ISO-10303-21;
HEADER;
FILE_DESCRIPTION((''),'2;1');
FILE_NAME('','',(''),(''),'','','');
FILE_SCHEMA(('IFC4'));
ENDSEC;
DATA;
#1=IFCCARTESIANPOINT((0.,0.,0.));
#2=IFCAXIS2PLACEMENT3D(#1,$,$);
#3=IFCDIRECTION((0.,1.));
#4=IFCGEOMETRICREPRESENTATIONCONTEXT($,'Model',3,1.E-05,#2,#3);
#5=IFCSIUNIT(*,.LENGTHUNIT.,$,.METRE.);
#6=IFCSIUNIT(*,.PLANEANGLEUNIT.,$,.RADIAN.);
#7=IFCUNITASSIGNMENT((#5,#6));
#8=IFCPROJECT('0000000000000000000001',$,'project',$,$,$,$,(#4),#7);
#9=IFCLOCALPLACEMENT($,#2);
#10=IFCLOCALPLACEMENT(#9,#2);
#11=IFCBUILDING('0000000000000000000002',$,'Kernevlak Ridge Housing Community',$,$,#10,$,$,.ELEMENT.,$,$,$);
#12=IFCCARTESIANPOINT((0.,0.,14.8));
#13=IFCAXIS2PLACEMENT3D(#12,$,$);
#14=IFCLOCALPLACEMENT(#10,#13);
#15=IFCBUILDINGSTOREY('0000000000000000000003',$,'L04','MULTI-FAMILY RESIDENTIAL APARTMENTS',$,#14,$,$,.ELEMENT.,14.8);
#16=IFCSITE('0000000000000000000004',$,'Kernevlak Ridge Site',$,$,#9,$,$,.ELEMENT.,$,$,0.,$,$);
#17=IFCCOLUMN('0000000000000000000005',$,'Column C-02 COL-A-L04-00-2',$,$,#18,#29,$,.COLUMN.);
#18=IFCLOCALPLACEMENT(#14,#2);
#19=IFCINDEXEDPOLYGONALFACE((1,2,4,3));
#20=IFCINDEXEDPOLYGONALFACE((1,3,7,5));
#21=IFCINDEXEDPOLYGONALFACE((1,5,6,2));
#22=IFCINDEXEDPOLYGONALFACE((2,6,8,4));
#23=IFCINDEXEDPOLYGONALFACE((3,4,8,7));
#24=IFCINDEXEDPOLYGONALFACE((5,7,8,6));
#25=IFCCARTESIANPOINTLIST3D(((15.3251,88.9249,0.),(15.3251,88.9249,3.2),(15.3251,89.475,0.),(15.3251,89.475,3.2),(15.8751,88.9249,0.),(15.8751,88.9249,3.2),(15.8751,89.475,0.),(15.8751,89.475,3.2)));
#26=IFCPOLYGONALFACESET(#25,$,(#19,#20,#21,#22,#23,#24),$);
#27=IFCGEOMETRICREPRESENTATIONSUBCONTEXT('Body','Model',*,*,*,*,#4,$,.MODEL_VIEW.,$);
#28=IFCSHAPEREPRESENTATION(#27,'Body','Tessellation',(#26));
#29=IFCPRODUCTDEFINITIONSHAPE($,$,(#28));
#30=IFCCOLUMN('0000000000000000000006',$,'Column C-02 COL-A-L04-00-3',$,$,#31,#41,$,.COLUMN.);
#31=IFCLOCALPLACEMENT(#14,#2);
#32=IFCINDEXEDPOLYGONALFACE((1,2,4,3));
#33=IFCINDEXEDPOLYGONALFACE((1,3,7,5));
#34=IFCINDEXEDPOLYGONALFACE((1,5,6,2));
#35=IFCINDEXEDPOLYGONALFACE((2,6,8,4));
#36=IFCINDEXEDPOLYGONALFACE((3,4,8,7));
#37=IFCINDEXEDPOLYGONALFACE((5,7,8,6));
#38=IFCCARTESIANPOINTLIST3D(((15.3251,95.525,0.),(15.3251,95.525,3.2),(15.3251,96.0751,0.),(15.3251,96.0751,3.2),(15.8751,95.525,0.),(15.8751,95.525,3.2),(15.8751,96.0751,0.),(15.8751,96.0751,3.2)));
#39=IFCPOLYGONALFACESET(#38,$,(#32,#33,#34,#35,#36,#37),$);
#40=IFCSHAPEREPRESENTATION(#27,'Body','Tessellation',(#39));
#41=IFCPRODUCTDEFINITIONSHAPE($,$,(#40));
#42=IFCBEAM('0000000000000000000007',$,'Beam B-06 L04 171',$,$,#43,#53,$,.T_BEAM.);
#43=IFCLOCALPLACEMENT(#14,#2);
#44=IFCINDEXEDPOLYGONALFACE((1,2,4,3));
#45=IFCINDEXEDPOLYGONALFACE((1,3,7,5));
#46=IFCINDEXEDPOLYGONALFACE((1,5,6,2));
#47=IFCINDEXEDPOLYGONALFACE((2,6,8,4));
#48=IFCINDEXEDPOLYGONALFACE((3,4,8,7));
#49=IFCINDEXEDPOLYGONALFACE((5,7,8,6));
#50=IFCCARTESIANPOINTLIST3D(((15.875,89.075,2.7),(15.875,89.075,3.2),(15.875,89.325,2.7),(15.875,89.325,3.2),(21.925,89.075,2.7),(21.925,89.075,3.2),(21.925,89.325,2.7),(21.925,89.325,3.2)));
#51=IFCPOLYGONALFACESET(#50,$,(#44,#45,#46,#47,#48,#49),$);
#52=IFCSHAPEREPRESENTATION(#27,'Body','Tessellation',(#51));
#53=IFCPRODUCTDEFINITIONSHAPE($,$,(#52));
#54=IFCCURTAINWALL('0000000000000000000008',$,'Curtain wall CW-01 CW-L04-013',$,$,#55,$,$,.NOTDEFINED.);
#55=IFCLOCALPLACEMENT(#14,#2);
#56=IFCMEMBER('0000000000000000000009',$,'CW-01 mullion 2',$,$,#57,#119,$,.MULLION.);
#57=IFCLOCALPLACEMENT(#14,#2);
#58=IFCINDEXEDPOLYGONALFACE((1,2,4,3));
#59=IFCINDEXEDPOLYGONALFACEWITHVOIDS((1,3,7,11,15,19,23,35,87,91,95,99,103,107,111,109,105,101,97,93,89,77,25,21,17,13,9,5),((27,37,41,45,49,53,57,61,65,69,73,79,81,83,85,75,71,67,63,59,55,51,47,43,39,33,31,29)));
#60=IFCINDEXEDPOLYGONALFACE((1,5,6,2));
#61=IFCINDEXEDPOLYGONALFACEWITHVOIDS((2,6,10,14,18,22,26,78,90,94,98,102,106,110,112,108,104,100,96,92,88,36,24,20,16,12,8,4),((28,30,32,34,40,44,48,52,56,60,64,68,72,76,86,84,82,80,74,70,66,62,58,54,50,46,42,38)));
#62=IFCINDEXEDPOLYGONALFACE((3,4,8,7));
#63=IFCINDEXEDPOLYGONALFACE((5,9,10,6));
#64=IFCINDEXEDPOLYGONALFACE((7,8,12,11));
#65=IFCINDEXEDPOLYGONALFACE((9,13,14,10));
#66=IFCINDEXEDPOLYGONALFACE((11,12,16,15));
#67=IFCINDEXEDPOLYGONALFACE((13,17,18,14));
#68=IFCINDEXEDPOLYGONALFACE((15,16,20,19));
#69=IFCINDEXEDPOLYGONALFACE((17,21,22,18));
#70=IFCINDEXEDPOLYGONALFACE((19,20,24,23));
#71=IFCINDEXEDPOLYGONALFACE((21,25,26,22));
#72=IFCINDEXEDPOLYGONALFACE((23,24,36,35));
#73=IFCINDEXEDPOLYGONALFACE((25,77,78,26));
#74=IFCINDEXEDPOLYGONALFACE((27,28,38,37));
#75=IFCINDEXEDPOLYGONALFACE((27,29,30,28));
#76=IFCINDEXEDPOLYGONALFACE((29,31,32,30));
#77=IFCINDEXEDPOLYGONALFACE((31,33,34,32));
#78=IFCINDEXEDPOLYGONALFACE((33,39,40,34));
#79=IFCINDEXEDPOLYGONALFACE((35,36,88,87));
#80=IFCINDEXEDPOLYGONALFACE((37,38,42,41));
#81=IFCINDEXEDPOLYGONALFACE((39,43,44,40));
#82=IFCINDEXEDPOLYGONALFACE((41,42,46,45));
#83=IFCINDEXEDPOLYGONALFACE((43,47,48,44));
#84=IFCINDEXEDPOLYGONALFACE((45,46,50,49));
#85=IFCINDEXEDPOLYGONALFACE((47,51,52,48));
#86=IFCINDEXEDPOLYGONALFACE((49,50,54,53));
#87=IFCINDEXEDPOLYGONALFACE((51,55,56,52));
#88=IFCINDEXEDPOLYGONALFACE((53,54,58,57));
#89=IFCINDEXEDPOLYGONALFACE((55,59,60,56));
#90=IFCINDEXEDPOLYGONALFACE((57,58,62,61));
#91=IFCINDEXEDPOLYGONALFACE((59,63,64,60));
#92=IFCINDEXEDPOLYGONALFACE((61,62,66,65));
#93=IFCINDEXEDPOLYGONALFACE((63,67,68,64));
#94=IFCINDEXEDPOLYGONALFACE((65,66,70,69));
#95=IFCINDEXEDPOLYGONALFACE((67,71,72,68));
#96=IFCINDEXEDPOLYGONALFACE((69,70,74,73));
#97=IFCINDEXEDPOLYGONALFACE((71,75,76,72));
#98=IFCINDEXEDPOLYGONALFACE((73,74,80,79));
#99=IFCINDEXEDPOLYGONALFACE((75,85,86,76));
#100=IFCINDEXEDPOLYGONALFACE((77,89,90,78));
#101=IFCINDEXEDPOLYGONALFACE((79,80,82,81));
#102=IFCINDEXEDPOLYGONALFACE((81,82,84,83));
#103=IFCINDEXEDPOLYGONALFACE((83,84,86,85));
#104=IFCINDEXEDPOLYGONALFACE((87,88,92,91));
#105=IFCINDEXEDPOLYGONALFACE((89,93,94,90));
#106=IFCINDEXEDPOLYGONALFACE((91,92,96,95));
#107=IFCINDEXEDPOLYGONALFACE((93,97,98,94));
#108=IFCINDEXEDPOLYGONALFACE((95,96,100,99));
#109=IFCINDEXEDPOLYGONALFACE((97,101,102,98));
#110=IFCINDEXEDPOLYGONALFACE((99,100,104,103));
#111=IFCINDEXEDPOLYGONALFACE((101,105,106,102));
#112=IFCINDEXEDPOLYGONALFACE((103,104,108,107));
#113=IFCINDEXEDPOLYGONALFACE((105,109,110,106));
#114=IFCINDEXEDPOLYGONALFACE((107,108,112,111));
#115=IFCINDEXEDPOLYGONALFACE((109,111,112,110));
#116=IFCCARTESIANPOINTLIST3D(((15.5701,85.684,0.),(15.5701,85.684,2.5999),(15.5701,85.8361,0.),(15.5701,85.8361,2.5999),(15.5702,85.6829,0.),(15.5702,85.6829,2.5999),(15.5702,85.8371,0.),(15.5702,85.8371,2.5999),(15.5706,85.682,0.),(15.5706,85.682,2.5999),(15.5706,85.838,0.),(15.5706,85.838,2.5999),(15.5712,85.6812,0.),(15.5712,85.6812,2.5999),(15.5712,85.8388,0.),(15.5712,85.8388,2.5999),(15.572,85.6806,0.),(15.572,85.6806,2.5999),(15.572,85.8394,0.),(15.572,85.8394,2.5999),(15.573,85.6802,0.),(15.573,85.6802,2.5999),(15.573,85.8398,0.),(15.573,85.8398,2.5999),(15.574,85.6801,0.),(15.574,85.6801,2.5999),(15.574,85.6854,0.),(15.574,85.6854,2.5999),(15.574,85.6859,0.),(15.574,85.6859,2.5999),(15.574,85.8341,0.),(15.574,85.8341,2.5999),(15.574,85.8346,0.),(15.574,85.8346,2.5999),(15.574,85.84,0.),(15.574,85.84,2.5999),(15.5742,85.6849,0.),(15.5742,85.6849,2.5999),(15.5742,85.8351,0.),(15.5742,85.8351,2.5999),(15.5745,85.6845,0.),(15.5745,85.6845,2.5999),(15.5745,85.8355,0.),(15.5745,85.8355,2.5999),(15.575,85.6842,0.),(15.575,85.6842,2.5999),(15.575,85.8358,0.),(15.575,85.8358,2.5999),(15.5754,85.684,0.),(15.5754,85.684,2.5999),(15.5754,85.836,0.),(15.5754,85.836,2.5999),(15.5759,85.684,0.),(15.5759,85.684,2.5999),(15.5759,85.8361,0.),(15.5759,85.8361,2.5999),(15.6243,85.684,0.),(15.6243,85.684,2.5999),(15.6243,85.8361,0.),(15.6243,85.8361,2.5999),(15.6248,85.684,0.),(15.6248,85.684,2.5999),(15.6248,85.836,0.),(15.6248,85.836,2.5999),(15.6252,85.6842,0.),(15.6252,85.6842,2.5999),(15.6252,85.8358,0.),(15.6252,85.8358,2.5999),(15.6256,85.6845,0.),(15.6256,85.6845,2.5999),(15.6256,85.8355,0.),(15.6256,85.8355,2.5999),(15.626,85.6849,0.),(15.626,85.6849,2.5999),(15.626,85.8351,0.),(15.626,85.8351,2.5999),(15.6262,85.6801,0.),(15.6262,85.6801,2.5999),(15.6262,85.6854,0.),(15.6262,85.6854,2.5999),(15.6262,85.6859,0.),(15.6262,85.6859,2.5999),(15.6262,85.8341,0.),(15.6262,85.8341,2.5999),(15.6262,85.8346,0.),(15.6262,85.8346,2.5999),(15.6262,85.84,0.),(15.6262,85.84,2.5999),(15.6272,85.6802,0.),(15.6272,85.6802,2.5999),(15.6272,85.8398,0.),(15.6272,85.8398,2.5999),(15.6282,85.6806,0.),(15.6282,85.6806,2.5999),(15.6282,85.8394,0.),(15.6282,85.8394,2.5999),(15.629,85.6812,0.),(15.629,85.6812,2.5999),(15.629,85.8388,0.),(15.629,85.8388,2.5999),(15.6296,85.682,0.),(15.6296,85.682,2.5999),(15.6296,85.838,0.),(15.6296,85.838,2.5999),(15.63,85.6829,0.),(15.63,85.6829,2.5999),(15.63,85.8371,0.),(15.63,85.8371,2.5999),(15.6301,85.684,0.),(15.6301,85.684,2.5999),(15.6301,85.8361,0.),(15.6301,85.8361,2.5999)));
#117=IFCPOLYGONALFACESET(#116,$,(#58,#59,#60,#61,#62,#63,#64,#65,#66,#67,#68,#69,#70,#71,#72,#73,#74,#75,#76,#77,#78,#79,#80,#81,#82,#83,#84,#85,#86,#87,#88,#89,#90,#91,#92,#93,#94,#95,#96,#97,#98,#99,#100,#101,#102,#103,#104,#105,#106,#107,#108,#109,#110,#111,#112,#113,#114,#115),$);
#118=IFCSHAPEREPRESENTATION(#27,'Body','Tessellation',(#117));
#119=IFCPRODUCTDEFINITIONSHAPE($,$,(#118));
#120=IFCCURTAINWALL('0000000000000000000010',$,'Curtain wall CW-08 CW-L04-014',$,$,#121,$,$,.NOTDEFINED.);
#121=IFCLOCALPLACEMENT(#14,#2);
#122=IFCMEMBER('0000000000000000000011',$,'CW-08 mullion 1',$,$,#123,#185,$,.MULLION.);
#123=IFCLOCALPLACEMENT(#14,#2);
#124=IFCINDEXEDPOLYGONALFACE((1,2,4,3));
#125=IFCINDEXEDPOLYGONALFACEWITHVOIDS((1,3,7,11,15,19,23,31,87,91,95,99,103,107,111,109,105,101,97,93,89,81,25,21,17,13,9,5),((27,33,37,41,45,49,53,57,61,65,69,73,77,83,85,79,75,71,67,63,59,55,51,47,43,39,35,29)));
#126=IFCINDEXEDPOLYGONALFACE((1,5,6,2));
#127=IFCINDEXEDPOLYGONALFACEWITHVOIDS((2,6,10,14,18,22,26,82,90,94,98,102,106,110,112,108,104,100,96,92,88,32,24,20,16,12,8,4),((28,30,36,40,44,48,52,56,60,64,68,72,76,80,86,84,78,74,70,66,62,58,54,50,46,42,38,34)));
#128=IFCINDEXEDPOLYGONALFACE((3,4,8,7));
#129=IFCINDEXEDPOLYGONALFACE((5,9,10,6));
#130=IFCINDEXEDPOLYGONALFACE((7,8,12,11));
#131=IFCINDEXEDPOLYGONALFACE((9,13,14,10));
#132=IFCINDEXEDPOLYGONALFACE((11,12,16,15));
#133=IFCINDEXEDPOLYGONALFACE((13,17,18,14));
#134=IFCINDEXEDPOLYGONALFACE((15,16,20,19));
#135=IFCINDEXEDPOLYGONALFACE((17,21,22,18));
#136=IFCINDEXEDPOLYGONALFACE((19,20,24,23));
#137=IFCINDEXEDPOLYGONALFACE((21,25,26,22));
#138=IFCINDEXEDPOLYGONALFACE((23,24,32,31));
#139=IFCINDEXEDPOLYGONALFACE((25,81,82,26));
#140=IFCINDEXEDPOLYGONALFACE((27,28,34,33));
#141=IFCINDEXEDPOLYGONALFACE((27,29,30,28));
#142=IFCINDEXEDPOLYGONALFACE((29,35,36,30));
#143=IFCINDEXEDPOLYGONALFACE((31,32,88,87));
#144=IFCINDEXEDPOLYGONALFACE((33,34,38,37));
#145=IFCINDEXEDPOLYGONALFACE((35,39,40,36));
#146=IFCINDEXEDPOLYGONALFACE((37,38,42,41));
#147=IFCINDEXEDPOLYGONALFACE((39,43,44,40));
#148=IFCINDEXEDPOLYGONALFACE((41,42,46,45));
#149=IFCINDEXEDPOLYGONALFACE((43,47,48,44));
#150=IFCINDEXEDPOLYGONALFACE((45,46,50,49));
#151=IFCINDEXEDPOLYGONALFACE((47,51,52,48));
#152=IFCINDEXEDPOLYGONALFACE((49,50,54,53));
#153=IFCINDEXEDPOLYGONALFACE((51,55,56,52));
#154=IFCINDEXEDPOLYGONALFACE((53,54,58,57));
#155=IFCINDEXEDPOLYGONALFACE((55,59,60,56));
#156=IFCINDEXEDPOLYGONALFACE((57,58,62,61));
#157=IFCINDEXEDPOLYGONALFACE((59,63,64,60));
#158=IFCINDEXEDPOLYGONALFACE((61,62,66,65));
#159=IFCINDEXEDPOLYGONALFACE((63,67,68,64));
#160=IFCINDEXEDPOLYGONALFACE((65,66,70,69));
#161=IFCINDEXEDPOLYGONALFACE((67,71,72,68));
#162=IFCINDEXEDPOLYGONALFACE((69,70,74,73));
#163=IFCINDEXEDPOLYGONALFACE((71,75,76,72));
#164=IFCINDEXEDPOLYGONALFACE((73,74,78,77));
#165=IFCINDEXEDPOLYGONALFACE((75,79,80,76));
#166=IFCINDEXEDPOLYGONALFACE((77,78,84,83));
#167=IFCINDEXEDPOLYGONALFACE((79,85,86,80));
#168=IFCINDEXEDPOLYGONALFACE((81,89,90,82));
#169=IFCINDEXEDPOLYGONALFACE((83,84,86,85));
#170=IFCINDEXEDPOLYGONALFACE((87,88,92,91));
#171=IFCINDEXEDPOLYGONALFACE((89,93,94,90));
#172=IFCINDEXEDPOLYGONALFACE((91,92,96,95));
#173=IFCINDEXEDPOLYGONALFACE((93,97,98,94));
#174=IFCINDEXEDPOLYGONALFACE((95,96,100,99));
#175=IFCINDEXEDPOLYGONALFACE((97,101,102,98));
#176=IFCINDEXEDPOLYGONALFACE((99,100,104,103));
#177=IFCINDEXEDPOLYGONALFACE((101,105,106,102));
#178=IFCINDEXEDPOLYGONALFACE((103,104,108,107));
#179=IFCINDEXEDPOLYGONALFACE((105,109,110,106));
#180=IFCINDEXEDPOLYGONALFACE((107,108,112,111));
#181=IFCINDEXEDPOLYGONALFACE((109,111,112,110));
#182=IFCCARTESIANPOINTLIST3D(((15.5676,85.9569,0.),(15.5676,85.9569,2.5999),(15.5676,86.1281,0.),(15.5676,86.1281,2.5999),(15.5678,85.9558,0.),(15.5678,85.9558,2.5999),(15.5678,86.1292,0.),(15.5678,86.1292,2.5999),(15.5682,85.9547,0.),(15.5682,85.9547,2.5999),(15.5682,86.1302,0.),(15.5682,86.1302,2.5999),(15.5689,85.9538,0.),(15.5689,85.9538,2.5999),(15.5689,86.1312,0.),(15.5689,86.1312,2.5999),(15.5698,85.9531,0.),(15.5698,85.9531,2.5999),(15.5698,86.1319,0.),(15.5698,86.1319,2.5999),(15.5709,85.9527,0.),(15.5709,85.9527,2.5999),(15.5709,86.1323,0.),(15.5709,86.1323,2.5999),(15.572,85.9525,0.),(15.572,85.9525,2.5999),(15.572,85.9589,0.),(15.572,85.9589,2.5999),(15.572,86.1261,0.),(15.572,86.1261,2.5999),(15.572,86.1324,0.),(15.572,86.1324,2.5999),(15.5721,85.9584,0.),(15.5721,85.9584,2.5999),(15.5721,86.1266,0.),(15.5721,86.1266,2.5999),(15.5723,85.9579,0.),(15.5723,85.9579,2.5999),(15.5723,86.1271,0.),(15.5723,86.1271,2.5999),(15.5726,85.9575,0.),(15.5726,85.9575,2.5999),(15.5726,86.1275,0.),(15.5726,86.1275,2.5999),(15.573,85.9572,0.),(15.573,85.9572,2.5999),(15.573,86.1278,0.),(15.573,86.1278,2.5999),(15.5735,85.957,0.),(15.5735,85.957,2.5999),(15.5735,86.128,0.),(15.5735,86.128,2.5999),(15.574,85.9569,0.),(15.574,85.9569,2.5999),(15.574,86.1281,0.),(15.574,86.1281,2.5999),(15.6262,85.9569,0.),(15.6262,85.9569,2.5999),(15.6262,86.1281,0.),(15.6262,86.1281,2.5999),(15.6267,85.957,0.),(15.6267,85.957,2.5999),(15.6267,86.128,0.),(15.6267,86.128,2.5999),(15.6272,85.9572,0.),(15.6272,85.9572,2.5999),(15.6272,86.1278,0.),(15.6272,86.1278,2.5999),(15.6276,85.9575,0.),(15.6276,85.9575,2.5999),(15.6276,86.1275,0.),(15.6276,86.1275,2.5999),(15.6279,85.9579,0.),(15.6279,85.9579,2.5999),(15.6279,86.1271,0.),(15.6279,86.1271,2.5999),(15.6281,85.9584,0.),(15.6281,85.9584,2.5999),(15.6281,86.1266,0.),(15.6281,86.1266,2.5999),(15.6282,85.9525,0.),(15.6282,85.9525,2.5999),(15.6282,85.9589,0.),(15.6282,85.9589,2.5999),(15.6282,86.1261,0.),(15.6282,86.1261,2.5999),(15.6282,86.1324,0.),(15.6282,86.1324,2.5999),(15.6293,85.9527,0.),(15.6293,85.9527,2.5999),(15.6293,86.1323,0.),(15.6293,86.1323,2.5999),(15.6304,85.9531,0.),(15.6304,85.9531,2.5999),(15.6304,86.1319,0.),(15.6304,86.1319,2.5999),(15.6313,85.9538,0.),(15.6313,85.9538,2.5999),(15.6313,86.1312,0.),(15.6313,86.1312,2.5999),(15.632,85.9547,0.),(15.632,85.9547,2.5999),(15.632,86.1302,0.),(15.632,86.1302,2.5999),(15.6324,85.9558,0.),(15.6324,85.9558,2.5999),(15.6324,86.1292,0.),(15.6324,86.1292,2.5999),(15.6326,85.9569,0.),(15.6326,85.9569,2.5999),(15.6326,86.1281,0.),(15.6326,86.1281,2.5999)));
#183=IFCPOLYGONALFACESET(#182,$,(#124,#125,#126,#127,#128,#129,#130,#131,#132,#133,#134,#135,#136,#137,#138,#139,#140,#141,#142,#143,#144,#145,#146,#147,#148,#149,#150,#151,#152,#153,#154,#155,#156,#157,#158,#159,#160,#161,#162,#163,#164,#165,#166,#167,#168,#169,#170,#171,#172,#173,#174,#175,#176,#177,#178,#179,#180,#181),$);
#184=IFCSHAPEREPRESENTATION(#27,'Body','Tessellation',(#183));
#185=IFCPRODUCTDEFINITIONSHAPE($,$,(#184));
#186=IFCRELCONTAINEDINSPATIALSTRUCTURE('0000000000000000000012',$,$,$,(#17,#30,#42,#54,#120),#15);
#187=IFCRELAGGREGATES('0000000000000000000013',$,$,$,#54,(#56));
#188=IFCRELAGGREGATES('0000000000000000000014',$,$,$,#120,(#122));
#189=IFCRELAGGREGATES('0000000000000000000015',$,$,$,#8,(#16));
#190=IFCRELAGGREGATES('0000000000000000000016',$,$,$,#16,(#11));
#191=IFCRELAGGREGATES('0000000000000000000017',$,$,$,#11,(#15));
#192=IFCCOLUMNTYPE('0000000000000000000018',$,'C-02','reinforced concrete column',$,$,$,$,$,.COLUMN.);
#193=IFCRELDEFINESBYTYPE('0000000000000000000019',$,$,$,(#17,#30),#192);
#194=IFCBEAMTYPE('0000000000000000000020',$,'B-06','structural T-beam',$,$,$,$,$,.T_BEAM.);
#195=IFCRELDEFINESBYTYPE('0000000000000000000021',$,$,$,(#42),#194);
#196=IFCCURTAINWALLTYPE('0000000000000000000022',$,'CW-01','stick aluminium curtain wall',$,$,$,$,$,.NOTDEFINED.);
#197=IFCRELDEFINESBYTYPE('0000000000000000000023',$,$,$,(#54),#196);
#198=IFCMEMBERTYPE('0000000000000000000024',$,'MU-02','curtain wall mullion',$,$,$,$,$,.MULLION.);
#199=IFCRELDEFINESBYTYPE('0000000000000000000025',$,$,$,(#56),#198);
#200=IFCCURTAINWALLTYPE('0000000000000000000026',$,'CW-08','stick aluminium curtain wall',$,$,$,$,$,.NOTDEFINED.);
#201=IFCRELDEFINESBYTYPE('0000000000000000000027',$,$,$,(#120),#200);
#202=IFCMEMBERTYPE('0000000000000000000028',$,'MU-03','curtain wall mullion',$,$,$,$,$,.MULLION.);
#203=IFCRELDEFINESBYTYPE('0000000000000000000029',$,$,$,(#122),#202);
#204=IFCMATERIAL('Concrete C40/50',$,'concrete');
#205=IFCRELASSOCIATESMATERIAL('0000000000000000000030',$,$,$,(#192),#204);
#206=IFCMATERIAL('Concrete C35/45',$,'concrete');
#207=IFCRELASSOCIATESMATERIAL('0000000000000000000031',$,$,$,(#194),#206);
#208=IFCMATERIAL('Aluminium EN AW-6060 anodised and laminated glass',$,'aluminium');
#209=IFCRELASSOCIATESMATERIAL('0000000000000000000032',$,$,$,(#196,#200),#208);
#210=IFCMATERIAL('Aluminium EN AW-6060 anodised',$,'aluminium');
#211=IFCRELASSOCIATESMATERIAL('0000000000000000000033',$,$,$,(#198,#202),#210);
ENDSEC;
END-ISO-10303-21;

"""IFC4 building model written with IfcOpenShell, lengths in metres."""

from ifc_helpers import new_model, si_unit, direction, frame, origin, origin_2d, place, context, subcontext, project, spatial, rectangle, hollow_rectangle, extrude, material, material_profile, profile_set, type_object, element, aggregate, save


model = new_model("IFC4")

# Units and contexts
model_context = context("Model", 3, precision=1e-05, world=origin(), true_north=direction((0.0, 1.0)))
body_context = subcontext(model_context, "Body", "Model", "MODEL_VIEW")
ifc_project = project(units=[si_unit("LENGTHUNIT", "METRE"), si_unit("PLANEANGLEUNIT", "RADIAN")], contexts=[model_context])

# Site, building, storey
site_placement = place(None, origin())
site = spatial("IfcSite", under=ifc_project, at=site_placement, Name="Kernevlak Ridge Site", CompositionType="ELEMENT", RefElevation=0.0)
building_placement = place(site_placement, origin())
building = spatial("IfcBuilding", under=site, at=building_placement, Name="Kernevlak Ridge Housing Community", CompositionType="ELEMENT")
storey_placement = place(building_placement, frame((0.0, 0.0, 14.8)))
storey = spatial("IfcBuildingStorey", under=building, at=storey_placement, Name="L04", Description="MULTI-FAMILY RESIDENTIAL APARTMENTS", CompositionType="ELEMENT", Elevation=14.8)

# Columns
ifc_material_1 = material(Name="Concrete C40/50", Category="concrete")
ifc_material_profile_1 = material_profile(ifc_material_1, rectangle(XDim=0.55, YDim=0.55, at=origin_2d()), Name="RC 550x550")
ifc_profile_set_1 = profile_set([ifc_material_profile_1], Name="Concrete C40/50")
column_type = type_object("IfcColumnType", Name="C-02", Description="reinforced concrete column", PredefinedType="COLUMN", material=ifc_profile_set_1)
for number, where, z_axis, x_axis, name in (
    (1, (15.6001, 89.2, 0.0), (0.0, 0.0, 1.0), (1.0, 0.0, 0.0), "Column C-02 COL-A-L04-00-2"),
    (2, (15.6001, 95.8, 0.0), (0.0, 0.0, 1.0), (1.0, 0.0, 0.0), "Column C-02 COL-A-L04-00-3"),
):
    element("IfcColumn", number, at=place(storey_placement, frame(where, z_axis=z_axis, x_axis=x_axis)), inside=storey, type_object=column_type, Name=name, PredefinedType="COLUMN", context=body_context, shape_type="SweptSolid", body=[
        extrude(rectangle(XDim=0.55, YDim=0.55, at=origin_2d()), origin(), (0.0, 0.0, 1.0), 3.2),
    ])

# Beam
ifc_material_2 = material(Name="Concrete C35/45", Category="concrete")
ifc_material_profile_2 = material_profile(ifc_material_2, rectangle(XDim=0.25, YDim=0.5, at=origin_2d()), Name="RC 250x500")
ifc_profile_set_2 = profile_set([ifc_material_profile_2], Name="Concrete C35/45")
beam_type_1 = type_object("IfcBeamType", Name="B-06", Description="structural T-beam", PredefinedType="T_BEAM", material=ifc_profile_set_2)
beam_1_placement = place(storey_placement, frame((15.875, 89.2, 2.95), z_axis=(1.0, 0.0, 0.0), x_axis=(0.0, 1.0, 0.0)))
element("IfcBeam", 3, at=beam_1_placement, inside=storey, type_object=beam_type_1, Name="Beam B-06 L04 171", PredefinedType="T_BEAM", context=body_context, shape_type="SweptSolid", body=[
    extrude(rectangle(XDim=0.25, YDim=0.5, at=origin_2d()), origin(), (0.0, 0.0, 1.0), 6.05),
])

# Curtain wall, member
ifc_material_3 = material(Name="Aluminium EN AW-6060 anodised and laminated glass", Category="aluminium")
curtain_wall_type_1 = type_object("IfcCurtainWallType", Name="CW-01", Description="stick aluminium curtain wall", PredefinedType="NOTDEFINED", material=ifc_material_3)
curtain_wall_1_placement = place(storey_placement, origin())
curtain_wall_1 = element("IfcCurtainWall", 4, at=curtain_wall_1_placement, inside=storey, type_object=curtain_wall_type_1, Name="Curtain wall CW-01 CW-L04-013", PredefinedType="NOTDEFINED")
ifc_material_4 = material(Name="Aluminium EN AW-6060 anodised", Category="aluminium")
ifc_material_profile_3 = material_profile(ifc_material_4, hollow_rectangle(XDim=0.0601, YDim=0.1599, WallThickness=0.0039, InnerFilletRadius=0.002, OuterFilletRadius=0.0039, at=origin_2d()), Name="ALU 60x160x4")
ifc_profile_set_3 = profile_set([ifc_material_profile_3], Name="Aluminium EN AW-6060 anodised")
member_type_1 = type_object("IfcMemberType", Name="MU-02", Description="curtain wall mullion", PredefinedType="MULLION", material=ifc_profile_set_3)
member_1_placement = place(storey_placement, frame((15.6001, 85.76, 0.0), z_axis=(0.0, 0.0, 1.0), x_axis=(-1.0, 0.0, 0.0)))
member_1 = element("IfcMember", 5, at=member_1_placement, type_object=member_type_1, Name="CW-01 mullion 2", PredefinedType="MULLION", context=body_context, shape_type="SweptSolid", body=[
    extrude(hollow_rectangle(XDim=0.0601, YDim=0.1599, WallThickness=0.0039, InnerFilletRadius=0.002, OuterFilletRadius=0.0039, at=origin_2d()), origin(), (0.0, 0.0, 1.0), 2.5999),
])
aggregate(curtain_wall_1, [member_1])

# Curtain wall, member
curtain_wall_type_2 = type_object("IfcCurtainWallType", Name="CW-08", Description="stick aluminium curtain wall", PredefinedType="NOTDEFINED", material=ifc_material_3)
curtain_wall_2_placement = place(storey_placement, origin())
curtain_wall_2 = element("IfcCurtainWall", 6, at=curtain_wall_2_placement, inside=storey, type_object=curtain_wall_type_2, Name="Curtain wall CW-08 CW-L04-014", PredefinedType="NOTDEFINED")
ifc_material_profile_4 = material_profile(ifc_material_4, hollow_rectangle(XDim=0.0649, YDim=0.1799, WallThickness=0.0044, InnerFilletRadius=0.002, OuterFilletRadius=0.0044, at=origin_2d()), Name="ALU 65x180x4.5")
ifc_profile_set_4 = profile_set([ifc_material_profile_4], Name="Aluminium EN AW-6060 anodised")
member_type_2 = type_object("IfcMemberType", Name="MU-03", Description="curtain wall mullion", PredefinedType="MULLION", material=ifc_profile_set_4)
member_2_placement = place(storey_placement, frame((15.6001, 86.0425, 0.0), z_axis=(0.0, 0.0, 1.0), x_axis=(-1.0, 0.0, 0.0)))
member_2 = element("IfcMember", 7, at=member_2_placement, type_object=member_type_2, Name="CW-08 mullion 1", PredefinedType="MULLION", context=body_context, shape_type="SweptSolid", body=[
    extrude(hollow_rectangle(XDim=0.0649, YDim=0.1799, WallThickness=0.0044, InnerFilletRadius=0.002, OuterFilletRadius=0.0044, at=origin_2d()), origin(), (0.0, 0.0, 1.0), 2.5999),
])

aggregate(curtain_wall_2, [member_2])

save(model, "model.ifc")
